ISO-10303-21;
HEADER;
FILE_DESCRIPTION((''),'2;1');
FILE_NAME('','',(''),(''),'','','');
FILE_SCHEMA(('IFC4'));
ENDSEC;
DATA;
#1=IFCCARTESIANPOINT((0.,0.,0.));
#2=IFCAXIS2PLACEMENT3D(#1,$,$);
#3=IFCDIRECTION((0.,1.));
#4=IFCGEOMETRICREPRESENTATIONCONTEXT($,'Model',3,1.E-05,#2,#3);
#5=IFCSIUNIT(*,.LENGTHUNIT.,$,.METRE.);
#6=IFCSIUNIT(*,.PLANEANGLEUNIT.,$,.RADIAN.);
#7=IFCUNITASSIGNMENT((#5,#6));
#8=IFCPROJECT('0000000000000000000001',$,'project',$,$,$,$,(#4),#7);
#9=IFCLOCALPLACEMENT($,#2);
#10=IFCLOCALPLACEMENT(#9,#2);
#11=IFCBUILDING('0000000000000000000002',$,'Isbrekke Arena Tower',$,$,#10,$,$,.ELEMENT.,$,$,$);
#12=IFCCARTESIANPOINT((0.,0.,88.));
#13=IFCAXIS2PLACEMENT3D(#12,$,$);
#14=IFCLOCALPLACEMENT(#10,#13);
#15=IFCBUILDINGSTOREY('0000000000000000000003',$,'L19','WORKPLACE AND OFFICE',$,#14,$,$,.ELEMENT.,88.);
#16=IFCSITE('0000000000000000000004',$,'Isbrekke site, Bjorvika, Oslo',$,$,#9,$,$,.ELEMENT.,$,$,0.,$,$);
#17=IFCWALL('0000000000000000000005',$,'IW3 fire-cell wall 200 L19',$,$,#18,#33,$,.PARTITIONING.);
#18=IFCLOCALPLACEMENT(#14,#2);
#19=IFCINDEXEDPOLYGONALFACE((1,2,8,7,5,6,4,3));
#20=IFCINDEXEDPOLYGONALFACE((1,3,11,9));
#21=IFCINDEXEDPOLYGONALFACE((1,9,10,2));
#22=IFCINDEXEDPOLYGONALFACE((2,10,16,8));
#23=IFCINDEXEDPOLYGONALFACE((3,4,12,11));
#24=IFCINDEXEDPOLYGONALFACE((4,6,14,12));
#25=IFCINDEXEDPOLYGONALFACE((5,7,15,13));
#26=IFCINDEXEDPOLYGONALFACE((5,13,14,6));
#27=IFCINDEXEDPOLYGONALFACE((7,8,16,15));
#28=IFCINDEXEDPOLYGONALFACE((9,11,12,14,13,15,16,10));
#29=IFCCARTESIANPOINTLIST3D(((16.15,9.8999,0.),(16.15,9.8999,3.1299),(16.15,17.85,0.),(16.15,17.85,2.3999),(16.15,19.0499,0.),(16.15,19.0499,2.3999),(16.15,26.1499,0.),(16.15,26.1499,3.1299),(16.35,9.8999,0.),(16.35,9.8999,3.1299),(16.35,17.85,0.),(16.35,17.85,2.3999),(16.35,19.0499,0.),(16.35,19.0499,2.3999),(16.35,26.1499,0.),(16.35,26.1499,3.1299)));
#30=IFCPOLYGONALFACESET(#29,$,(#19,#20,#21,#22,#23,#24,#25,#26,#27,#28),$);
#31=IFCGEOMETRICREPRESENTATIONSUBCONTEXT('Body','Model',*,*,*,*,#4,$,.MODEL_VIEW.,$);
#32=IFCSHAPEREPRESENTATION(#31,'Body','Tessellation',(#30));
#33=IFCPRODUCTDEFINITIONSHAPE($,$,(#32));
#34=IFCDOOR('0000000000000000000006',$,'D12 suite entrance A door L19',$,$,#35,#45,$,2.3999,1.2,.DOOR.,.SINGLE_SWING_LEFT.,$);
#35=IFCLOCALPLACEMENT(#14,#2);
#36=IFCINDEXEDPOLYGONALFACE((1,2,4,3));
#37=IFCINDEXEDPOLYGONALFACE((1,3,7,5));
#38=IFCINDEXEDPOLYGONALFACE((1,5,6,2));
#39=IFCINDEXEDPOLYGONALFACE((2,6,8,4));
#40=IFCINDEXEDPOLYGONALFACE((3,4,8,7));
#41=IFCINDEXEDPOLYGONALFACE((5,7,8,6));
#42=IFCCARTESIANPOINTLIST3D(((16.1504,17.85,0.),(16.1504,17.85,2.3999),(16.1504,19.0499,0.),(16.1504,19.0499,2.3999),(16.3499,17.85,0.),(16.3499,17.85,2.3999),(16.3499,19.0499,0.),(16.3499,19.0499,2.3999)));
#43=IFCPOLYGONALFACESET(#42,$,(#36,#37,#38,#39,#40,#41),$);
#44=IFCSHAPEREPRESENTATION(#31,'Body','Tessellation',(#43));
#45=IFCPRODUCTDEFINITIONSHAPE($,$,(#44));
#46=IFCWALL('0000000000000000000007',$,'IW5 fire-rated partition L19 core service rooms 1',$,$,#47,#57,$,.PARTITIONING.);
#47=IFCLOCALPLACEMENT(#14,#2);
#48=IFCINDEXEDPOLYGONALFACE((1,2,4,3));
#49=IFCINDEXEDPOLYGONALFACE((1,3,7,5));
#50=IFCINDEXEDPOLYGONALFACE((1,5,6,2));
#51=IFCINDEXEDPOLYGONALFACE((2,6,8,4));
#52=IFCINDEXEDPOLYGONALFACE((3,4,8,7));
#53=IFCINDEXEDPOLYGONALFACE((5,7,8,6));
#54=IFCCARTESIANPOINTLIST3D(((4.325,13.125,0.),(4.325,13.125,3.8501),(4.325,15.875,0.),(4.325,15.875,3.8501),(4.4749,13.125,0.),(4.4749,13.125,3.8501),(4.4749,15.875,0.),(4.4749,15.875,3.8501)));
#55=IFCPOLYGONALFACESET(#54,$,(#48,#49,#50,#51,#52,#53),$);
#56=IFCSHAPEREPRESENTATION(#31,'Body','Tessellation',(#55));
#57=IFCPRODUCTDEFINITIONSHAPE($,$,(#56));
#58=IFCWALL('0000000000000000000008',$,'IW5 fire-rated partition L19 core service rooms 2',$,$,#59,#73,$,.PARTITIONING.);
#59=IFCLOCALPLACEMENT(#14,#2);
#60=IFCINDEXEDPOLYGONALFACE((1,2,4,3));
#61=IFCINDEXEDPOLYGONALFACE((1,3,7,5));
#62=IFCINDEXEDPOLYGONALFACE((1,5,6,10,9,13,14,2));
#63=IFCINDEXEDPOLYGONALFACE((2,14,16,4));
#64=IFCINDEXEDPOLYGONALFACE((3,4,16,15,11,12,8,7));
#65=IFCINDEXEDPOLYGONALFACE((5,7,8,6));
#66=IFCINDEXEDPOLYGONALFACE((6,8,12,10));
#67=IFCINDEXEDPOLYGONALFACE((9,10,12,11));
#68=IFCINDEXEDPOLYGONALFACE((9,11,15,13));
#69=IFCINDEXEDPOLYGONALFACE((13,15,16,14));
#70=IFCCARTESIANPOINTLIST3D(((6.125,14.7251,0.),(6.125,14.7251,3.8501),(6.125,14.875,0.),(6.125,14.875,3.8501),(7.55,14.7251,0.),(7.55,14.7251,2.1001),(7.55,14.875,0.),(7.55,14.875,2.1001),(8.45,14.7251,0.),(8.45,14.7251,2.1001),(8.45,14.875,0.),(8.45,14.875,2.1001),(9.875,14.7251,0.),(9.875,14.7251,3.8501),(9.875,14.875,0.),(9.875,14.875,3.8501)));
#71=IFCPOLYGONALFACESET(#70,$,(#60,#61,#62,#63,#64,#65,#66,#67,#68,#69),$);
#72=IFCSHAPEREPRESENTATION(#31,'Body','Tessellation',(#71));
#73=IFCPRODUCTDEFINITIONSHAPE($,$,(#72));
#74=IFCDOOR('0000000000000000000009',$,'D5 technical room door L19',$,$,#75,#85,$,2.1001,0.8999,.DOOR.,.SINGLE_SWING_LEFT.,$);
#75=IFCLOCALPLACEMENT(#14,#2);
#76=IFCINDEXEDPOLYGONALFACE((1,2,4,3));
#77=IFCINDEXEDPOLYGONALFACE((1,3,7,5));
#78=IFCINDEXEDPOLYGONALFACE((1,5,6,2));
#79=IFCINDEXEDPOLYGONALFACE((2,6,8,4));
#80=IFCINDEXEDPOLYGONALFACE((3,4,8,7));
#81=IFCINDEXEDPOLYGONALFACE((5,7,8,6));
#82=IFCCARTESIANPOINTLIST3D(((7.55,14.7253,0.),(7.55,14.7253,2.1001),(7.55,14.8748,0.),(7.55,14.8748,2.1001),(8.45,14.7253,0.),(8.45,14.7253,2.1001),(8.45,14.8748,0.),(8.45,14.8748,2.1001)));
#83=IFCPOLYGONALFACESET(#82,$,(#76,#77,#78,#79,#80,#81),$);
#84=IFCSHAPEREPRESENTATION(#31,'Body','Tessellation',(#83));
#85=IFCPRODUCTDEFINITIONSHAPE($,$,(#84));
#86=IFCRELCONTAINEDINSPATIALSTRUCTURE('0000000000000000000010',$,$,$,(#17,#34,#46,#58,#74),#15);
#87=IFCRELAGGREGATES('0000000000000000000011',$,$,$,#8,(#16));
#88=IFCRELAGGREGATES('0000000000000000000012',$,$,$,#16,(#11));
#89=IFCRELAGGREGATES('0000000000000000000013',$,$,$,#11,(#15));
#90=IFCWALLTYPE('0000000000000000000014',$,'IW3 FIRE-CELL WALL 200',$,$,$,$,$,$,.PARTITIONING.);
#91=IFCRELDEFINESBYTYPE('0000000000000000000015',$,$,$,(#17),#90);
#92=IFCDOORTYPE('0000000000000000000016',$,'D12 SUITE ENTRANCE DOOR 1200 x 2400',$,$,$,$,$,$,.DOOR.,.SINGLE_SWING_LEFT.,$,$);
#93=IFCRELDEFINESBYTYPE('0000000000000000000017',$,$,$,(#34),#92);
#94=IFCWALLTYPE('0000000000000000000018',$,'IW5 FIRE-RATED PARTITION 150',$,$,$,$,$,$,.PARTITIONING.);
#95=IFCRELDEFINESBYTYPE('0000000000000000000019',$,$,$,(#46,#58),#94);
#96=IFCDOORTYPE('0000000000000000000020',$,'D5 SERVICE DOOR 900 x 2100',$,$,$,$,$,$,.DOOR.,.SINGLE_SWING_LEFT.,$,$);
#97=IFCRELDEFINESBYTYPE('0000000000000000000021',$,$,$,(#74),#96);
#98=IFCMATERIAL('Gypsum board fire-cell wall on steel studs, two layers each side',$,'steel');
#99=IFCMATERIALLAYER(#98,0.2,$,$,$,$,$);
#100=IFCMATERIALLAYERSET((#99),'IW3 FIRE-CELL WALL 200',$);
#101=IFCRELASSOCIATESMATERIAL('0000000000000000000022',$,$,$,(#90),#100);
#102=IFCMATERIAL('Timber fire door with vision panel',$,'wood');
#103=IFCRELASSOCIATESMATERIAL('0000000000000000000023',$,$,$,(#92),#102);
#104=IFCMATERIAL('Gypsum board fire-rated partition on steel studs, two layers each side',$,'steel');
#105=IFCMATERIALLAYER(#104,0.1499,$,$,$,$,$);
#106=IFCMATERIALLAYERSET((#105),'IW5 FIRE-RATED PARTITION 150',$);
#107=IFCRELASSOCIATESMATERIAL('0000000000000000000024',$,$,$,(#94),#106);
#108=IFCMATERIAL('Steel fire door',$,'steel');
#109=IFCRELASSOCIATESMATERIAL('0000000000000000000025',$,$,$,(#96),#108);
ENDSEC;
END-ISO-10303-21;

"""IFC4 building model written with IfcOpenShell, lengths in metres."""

from ifc_helpers import new_model, si_unit, direction, frame, frame_2d, origin, place, context, subcontext, project, spatial, rectangle, extrude, material, layer, layer_set, type_object, element, fill, save


model = new_model("IFC4")

# Units and contexts
model_context = context("Model", 3, precision=1e-05, world=origin(), true_north=direction((0.0, 1.0)))
body_context = subcontext(model_context, "Body", "Model", "MODEL_VIEW")
ifc_project = project(units=[si_unit("LENGTHUNIT", "METRE"), si_unit("PLANEANGLEUNIT", "RADIAN")], contexts=[model_context])

# Site, building, storey
site_placement = place(None, origin())
site = spatial("IfcSite", under=ifc_project, at=site_placement, Name="Isbrekke site, Bjorvika, Oslo", CompositionType="ELEMENT", RefElevation=0.0)
building_placement = place(site_placement, origin())
building = spatial("IfcBuilding", under=site, at=building_placement, Name="Isbrekke Arena Tower", CompositionType="ELEMENT")
storey_placement = place(building_placement, frame((0.0, 0.0, 88.0)))
storey = spatial("IfcBuildingStorey", under=building, at=storey_placement, Name="L19", Description="WORKPLACE AND OFFICE", CompositionType="ELEMENT", Elevation=88.0)

# Shared definitions
ifc_material_1 = material(Name="Gypsum board fire-cell wall on steel studs, two layers each side", Category="steel")
ifc_layer_1 = layer(ifc_material_1, 0.2)
ifc_layer_set_1 = layer_set([ifc_layer_1], Name="IW3 FIRE-CELL WALL 200")
wall_type_1 = type_object("IfcWallType", Name="IW3 FIRE-CELL WALL 200", PredefinedType="PARTITIONING", material=ifc_layer_set_1)

# Wall, opening, door
wall_1_placement = place(storey_placement, frame((16.25, 9.8999, 0.0), z_axis=(0.0, 0.0, 1.0), x_axis=(0.0, 1.0, 0.0)))
wall_1 = element("IfcWall", 1, at=wall_1_placement, inside=storey, type_object=wall_type_1, Name="IW3 fire-cell wall 200 L19", PredefinedType="PARTITIONING", context=body_context, shape_type="SweptSolid", body=[
    extrude(rectangle(XDim=16.25, YDim=0.2, at=frame_2d((8.125, 0.0))), origin(), (0.0, 0.0, 1.0), 3.1299),
])
opening_1_placement = place(wall_1_placement, frame((7.95, 0.0, 0.0)))
opening_1 = element("IfcOpeningElement", 2, at=opening_1_placement, cuts=wall_1, PredefinedType="OPENING", context=body_context, shape_type="SweptSolid", body=[
    extrude(rectangle(XDim=1.2, YDim=2.3999, at=frame_2d((0.6001, 1.2))), frame((0.0, 0.1147, 0.0), z_axis=(0.0, -1.0, 0.0), x_axis=(1.0, 0.0, 0.0)), (0.0, 0.0, 1.0), 0.2297),
])
ifc_material_2 = material(Name="Timber fire door with vision panel", Category="wood")
door_type_1 = type_object("IfcDoorType", Name="D12 SUITE ENTRANCE DOOR 1200 x 2400", OperationType="SINGLE_SWING_LEFT", PredefinedType="DOOR", material=ifc_material_2)
door_1_placement = place(opening_1_placement, origin())
door_1 = element("IfcDoor", 3, at=door_1_placement, inside=storey, type_object=door_type_1, Name="D12 suite entrance A door L19", OperationType="SINGLE_SWING_LEFT", OverallHeight=2.3999, OverallWidth=1.2, PredefinedType="DOOR", context=body_context, shape_type="SweptSolid", body=[
    extrude(rectangle(XDim=1.2, YDim=2.3999, at=frame_2d((0.6001, 1.2))), frame((0.0, 0.0996, 0.0), z_axis=(0.0, -1.0, 0.0), x_axis=(1.0, 0.0, 0.0)), (0.0, 0.0, 1.0), 0.1995),
])
fill(opening_1, door_1)

# Wall
ifc_material_3 = material(Name="Gypsum board fire-rated partition on steel studs, two layers each side", Category="steel")
ifc_layer_2 = layer(ifc_material_3, 0.1499)
ifc_layer_set_2 = layer_set([ifc_layer_2], Name="IW5 FIRE-RATED PARTITION 150")
wall_type_2 = type_object("IfcWallType", Name="IW5 FIRE-RATED PARTITION 150", PredefinedType="PARTITIONING", material=ifc_layer_set_2)
wall_2_placement = place(storey_placement, frame((4.3999, 13.125, 0.0), z_axis=(0.0, 0.0, 1.0), x_axis=(0.0, 1.0, 0.0)))
element("IfcWall", 4, at=wall_2_placement, inside=storey, type_object=wall_type_2, Name="IW5 fire-rated partition L19 core service rooms 1", PredefinedType="PARTITIONING", context=body_context, shape_type="SweptSolid", body=[
    extrude(rectangle(XDim=2.75, YDim=0.1499, at=frame_2d((1.375, 0.0))), origin(), (0.0, 0.0, 1.0), 3.8501),
])

# Wall, opening, door
wall_3_placement = place(storey_placement, frame((6.125, 14.8, 0.0), z_axis=(0.0, 0.0, 1.0), x_axis=(1.0, 0.0, 0.0)))
wall_3 = element("IfcWall", 5, at=wall_3_placement, inside=storey, type_object=wall_type_2, Name="IW5 fire-rated partition L19 core service rooms 2", PredefinedType="PARTITIONING", context=body_context, shape_type="SweptSolid", body=[
    extrude(rectangle(XDim=3.75, YDim=0.1499, at=frame_2d((1.875, 0.0))), origin(), (0.0, 0.0, 1.0), 3.8501),
])
opening_2_placement = place(wall_3_placement, frame((1.425, 0.0, 0.0)))
opening_2 = element("IfcOpeningElement", 6, at=opening_2_placement, cuts=wall_3, PredefinedType="OPENING", context=body_context, shape_type="SweptSolid", body=[
    extrude(rectangle(XDim=0.8999, YDim=2.1001, at=frame_2d((0.45, 1.05))), frame((0.0, 0.0898, 0.0), z_axis=(0.0, -1.0, 0.0), x_axis=(1.0, 0.0, 0.0)), (0.0, 0.0, 1.0), 0.1797),
])
ifc_material_4 = material(Name="Steel fire door", Category="steel")
door_type_2 = type_object("IfcDoorType", Name="D5 SERVICE DOOR 900 x 2100", OperationType="SINGLE_SWING_LEFT", PredefinedType="DOOR", material=ifc_material_4)
door_2_placement = place(opening_2_placement, origin())
door_2 = element("IfcDoor", 7, at=door_2_placement, inside=storey, type_object=door_type_2, Name="D5 technical room door L19", OperationType="SINGLE_SWING_LEFT", OverallHeight=2.1001, OverallWidth=0.8999, PredefinedType="DOOR", context=body_context, shape_type="SweptSolid", body=[
    extrude(rectangle(XDim=0.8999, YDim=2.1001, at=frame_2d((0.45, 1.05))), frame((0.0, 0.0747, 0.0), z_axis=(0.0, -1.0, 0.0), x_axis=(1.0, 0.0, 0.0)), (0.0, 0.0, 1.0), 0.1494),
])
fill(opening_2, door_2)

save(model, "model.ifc")
